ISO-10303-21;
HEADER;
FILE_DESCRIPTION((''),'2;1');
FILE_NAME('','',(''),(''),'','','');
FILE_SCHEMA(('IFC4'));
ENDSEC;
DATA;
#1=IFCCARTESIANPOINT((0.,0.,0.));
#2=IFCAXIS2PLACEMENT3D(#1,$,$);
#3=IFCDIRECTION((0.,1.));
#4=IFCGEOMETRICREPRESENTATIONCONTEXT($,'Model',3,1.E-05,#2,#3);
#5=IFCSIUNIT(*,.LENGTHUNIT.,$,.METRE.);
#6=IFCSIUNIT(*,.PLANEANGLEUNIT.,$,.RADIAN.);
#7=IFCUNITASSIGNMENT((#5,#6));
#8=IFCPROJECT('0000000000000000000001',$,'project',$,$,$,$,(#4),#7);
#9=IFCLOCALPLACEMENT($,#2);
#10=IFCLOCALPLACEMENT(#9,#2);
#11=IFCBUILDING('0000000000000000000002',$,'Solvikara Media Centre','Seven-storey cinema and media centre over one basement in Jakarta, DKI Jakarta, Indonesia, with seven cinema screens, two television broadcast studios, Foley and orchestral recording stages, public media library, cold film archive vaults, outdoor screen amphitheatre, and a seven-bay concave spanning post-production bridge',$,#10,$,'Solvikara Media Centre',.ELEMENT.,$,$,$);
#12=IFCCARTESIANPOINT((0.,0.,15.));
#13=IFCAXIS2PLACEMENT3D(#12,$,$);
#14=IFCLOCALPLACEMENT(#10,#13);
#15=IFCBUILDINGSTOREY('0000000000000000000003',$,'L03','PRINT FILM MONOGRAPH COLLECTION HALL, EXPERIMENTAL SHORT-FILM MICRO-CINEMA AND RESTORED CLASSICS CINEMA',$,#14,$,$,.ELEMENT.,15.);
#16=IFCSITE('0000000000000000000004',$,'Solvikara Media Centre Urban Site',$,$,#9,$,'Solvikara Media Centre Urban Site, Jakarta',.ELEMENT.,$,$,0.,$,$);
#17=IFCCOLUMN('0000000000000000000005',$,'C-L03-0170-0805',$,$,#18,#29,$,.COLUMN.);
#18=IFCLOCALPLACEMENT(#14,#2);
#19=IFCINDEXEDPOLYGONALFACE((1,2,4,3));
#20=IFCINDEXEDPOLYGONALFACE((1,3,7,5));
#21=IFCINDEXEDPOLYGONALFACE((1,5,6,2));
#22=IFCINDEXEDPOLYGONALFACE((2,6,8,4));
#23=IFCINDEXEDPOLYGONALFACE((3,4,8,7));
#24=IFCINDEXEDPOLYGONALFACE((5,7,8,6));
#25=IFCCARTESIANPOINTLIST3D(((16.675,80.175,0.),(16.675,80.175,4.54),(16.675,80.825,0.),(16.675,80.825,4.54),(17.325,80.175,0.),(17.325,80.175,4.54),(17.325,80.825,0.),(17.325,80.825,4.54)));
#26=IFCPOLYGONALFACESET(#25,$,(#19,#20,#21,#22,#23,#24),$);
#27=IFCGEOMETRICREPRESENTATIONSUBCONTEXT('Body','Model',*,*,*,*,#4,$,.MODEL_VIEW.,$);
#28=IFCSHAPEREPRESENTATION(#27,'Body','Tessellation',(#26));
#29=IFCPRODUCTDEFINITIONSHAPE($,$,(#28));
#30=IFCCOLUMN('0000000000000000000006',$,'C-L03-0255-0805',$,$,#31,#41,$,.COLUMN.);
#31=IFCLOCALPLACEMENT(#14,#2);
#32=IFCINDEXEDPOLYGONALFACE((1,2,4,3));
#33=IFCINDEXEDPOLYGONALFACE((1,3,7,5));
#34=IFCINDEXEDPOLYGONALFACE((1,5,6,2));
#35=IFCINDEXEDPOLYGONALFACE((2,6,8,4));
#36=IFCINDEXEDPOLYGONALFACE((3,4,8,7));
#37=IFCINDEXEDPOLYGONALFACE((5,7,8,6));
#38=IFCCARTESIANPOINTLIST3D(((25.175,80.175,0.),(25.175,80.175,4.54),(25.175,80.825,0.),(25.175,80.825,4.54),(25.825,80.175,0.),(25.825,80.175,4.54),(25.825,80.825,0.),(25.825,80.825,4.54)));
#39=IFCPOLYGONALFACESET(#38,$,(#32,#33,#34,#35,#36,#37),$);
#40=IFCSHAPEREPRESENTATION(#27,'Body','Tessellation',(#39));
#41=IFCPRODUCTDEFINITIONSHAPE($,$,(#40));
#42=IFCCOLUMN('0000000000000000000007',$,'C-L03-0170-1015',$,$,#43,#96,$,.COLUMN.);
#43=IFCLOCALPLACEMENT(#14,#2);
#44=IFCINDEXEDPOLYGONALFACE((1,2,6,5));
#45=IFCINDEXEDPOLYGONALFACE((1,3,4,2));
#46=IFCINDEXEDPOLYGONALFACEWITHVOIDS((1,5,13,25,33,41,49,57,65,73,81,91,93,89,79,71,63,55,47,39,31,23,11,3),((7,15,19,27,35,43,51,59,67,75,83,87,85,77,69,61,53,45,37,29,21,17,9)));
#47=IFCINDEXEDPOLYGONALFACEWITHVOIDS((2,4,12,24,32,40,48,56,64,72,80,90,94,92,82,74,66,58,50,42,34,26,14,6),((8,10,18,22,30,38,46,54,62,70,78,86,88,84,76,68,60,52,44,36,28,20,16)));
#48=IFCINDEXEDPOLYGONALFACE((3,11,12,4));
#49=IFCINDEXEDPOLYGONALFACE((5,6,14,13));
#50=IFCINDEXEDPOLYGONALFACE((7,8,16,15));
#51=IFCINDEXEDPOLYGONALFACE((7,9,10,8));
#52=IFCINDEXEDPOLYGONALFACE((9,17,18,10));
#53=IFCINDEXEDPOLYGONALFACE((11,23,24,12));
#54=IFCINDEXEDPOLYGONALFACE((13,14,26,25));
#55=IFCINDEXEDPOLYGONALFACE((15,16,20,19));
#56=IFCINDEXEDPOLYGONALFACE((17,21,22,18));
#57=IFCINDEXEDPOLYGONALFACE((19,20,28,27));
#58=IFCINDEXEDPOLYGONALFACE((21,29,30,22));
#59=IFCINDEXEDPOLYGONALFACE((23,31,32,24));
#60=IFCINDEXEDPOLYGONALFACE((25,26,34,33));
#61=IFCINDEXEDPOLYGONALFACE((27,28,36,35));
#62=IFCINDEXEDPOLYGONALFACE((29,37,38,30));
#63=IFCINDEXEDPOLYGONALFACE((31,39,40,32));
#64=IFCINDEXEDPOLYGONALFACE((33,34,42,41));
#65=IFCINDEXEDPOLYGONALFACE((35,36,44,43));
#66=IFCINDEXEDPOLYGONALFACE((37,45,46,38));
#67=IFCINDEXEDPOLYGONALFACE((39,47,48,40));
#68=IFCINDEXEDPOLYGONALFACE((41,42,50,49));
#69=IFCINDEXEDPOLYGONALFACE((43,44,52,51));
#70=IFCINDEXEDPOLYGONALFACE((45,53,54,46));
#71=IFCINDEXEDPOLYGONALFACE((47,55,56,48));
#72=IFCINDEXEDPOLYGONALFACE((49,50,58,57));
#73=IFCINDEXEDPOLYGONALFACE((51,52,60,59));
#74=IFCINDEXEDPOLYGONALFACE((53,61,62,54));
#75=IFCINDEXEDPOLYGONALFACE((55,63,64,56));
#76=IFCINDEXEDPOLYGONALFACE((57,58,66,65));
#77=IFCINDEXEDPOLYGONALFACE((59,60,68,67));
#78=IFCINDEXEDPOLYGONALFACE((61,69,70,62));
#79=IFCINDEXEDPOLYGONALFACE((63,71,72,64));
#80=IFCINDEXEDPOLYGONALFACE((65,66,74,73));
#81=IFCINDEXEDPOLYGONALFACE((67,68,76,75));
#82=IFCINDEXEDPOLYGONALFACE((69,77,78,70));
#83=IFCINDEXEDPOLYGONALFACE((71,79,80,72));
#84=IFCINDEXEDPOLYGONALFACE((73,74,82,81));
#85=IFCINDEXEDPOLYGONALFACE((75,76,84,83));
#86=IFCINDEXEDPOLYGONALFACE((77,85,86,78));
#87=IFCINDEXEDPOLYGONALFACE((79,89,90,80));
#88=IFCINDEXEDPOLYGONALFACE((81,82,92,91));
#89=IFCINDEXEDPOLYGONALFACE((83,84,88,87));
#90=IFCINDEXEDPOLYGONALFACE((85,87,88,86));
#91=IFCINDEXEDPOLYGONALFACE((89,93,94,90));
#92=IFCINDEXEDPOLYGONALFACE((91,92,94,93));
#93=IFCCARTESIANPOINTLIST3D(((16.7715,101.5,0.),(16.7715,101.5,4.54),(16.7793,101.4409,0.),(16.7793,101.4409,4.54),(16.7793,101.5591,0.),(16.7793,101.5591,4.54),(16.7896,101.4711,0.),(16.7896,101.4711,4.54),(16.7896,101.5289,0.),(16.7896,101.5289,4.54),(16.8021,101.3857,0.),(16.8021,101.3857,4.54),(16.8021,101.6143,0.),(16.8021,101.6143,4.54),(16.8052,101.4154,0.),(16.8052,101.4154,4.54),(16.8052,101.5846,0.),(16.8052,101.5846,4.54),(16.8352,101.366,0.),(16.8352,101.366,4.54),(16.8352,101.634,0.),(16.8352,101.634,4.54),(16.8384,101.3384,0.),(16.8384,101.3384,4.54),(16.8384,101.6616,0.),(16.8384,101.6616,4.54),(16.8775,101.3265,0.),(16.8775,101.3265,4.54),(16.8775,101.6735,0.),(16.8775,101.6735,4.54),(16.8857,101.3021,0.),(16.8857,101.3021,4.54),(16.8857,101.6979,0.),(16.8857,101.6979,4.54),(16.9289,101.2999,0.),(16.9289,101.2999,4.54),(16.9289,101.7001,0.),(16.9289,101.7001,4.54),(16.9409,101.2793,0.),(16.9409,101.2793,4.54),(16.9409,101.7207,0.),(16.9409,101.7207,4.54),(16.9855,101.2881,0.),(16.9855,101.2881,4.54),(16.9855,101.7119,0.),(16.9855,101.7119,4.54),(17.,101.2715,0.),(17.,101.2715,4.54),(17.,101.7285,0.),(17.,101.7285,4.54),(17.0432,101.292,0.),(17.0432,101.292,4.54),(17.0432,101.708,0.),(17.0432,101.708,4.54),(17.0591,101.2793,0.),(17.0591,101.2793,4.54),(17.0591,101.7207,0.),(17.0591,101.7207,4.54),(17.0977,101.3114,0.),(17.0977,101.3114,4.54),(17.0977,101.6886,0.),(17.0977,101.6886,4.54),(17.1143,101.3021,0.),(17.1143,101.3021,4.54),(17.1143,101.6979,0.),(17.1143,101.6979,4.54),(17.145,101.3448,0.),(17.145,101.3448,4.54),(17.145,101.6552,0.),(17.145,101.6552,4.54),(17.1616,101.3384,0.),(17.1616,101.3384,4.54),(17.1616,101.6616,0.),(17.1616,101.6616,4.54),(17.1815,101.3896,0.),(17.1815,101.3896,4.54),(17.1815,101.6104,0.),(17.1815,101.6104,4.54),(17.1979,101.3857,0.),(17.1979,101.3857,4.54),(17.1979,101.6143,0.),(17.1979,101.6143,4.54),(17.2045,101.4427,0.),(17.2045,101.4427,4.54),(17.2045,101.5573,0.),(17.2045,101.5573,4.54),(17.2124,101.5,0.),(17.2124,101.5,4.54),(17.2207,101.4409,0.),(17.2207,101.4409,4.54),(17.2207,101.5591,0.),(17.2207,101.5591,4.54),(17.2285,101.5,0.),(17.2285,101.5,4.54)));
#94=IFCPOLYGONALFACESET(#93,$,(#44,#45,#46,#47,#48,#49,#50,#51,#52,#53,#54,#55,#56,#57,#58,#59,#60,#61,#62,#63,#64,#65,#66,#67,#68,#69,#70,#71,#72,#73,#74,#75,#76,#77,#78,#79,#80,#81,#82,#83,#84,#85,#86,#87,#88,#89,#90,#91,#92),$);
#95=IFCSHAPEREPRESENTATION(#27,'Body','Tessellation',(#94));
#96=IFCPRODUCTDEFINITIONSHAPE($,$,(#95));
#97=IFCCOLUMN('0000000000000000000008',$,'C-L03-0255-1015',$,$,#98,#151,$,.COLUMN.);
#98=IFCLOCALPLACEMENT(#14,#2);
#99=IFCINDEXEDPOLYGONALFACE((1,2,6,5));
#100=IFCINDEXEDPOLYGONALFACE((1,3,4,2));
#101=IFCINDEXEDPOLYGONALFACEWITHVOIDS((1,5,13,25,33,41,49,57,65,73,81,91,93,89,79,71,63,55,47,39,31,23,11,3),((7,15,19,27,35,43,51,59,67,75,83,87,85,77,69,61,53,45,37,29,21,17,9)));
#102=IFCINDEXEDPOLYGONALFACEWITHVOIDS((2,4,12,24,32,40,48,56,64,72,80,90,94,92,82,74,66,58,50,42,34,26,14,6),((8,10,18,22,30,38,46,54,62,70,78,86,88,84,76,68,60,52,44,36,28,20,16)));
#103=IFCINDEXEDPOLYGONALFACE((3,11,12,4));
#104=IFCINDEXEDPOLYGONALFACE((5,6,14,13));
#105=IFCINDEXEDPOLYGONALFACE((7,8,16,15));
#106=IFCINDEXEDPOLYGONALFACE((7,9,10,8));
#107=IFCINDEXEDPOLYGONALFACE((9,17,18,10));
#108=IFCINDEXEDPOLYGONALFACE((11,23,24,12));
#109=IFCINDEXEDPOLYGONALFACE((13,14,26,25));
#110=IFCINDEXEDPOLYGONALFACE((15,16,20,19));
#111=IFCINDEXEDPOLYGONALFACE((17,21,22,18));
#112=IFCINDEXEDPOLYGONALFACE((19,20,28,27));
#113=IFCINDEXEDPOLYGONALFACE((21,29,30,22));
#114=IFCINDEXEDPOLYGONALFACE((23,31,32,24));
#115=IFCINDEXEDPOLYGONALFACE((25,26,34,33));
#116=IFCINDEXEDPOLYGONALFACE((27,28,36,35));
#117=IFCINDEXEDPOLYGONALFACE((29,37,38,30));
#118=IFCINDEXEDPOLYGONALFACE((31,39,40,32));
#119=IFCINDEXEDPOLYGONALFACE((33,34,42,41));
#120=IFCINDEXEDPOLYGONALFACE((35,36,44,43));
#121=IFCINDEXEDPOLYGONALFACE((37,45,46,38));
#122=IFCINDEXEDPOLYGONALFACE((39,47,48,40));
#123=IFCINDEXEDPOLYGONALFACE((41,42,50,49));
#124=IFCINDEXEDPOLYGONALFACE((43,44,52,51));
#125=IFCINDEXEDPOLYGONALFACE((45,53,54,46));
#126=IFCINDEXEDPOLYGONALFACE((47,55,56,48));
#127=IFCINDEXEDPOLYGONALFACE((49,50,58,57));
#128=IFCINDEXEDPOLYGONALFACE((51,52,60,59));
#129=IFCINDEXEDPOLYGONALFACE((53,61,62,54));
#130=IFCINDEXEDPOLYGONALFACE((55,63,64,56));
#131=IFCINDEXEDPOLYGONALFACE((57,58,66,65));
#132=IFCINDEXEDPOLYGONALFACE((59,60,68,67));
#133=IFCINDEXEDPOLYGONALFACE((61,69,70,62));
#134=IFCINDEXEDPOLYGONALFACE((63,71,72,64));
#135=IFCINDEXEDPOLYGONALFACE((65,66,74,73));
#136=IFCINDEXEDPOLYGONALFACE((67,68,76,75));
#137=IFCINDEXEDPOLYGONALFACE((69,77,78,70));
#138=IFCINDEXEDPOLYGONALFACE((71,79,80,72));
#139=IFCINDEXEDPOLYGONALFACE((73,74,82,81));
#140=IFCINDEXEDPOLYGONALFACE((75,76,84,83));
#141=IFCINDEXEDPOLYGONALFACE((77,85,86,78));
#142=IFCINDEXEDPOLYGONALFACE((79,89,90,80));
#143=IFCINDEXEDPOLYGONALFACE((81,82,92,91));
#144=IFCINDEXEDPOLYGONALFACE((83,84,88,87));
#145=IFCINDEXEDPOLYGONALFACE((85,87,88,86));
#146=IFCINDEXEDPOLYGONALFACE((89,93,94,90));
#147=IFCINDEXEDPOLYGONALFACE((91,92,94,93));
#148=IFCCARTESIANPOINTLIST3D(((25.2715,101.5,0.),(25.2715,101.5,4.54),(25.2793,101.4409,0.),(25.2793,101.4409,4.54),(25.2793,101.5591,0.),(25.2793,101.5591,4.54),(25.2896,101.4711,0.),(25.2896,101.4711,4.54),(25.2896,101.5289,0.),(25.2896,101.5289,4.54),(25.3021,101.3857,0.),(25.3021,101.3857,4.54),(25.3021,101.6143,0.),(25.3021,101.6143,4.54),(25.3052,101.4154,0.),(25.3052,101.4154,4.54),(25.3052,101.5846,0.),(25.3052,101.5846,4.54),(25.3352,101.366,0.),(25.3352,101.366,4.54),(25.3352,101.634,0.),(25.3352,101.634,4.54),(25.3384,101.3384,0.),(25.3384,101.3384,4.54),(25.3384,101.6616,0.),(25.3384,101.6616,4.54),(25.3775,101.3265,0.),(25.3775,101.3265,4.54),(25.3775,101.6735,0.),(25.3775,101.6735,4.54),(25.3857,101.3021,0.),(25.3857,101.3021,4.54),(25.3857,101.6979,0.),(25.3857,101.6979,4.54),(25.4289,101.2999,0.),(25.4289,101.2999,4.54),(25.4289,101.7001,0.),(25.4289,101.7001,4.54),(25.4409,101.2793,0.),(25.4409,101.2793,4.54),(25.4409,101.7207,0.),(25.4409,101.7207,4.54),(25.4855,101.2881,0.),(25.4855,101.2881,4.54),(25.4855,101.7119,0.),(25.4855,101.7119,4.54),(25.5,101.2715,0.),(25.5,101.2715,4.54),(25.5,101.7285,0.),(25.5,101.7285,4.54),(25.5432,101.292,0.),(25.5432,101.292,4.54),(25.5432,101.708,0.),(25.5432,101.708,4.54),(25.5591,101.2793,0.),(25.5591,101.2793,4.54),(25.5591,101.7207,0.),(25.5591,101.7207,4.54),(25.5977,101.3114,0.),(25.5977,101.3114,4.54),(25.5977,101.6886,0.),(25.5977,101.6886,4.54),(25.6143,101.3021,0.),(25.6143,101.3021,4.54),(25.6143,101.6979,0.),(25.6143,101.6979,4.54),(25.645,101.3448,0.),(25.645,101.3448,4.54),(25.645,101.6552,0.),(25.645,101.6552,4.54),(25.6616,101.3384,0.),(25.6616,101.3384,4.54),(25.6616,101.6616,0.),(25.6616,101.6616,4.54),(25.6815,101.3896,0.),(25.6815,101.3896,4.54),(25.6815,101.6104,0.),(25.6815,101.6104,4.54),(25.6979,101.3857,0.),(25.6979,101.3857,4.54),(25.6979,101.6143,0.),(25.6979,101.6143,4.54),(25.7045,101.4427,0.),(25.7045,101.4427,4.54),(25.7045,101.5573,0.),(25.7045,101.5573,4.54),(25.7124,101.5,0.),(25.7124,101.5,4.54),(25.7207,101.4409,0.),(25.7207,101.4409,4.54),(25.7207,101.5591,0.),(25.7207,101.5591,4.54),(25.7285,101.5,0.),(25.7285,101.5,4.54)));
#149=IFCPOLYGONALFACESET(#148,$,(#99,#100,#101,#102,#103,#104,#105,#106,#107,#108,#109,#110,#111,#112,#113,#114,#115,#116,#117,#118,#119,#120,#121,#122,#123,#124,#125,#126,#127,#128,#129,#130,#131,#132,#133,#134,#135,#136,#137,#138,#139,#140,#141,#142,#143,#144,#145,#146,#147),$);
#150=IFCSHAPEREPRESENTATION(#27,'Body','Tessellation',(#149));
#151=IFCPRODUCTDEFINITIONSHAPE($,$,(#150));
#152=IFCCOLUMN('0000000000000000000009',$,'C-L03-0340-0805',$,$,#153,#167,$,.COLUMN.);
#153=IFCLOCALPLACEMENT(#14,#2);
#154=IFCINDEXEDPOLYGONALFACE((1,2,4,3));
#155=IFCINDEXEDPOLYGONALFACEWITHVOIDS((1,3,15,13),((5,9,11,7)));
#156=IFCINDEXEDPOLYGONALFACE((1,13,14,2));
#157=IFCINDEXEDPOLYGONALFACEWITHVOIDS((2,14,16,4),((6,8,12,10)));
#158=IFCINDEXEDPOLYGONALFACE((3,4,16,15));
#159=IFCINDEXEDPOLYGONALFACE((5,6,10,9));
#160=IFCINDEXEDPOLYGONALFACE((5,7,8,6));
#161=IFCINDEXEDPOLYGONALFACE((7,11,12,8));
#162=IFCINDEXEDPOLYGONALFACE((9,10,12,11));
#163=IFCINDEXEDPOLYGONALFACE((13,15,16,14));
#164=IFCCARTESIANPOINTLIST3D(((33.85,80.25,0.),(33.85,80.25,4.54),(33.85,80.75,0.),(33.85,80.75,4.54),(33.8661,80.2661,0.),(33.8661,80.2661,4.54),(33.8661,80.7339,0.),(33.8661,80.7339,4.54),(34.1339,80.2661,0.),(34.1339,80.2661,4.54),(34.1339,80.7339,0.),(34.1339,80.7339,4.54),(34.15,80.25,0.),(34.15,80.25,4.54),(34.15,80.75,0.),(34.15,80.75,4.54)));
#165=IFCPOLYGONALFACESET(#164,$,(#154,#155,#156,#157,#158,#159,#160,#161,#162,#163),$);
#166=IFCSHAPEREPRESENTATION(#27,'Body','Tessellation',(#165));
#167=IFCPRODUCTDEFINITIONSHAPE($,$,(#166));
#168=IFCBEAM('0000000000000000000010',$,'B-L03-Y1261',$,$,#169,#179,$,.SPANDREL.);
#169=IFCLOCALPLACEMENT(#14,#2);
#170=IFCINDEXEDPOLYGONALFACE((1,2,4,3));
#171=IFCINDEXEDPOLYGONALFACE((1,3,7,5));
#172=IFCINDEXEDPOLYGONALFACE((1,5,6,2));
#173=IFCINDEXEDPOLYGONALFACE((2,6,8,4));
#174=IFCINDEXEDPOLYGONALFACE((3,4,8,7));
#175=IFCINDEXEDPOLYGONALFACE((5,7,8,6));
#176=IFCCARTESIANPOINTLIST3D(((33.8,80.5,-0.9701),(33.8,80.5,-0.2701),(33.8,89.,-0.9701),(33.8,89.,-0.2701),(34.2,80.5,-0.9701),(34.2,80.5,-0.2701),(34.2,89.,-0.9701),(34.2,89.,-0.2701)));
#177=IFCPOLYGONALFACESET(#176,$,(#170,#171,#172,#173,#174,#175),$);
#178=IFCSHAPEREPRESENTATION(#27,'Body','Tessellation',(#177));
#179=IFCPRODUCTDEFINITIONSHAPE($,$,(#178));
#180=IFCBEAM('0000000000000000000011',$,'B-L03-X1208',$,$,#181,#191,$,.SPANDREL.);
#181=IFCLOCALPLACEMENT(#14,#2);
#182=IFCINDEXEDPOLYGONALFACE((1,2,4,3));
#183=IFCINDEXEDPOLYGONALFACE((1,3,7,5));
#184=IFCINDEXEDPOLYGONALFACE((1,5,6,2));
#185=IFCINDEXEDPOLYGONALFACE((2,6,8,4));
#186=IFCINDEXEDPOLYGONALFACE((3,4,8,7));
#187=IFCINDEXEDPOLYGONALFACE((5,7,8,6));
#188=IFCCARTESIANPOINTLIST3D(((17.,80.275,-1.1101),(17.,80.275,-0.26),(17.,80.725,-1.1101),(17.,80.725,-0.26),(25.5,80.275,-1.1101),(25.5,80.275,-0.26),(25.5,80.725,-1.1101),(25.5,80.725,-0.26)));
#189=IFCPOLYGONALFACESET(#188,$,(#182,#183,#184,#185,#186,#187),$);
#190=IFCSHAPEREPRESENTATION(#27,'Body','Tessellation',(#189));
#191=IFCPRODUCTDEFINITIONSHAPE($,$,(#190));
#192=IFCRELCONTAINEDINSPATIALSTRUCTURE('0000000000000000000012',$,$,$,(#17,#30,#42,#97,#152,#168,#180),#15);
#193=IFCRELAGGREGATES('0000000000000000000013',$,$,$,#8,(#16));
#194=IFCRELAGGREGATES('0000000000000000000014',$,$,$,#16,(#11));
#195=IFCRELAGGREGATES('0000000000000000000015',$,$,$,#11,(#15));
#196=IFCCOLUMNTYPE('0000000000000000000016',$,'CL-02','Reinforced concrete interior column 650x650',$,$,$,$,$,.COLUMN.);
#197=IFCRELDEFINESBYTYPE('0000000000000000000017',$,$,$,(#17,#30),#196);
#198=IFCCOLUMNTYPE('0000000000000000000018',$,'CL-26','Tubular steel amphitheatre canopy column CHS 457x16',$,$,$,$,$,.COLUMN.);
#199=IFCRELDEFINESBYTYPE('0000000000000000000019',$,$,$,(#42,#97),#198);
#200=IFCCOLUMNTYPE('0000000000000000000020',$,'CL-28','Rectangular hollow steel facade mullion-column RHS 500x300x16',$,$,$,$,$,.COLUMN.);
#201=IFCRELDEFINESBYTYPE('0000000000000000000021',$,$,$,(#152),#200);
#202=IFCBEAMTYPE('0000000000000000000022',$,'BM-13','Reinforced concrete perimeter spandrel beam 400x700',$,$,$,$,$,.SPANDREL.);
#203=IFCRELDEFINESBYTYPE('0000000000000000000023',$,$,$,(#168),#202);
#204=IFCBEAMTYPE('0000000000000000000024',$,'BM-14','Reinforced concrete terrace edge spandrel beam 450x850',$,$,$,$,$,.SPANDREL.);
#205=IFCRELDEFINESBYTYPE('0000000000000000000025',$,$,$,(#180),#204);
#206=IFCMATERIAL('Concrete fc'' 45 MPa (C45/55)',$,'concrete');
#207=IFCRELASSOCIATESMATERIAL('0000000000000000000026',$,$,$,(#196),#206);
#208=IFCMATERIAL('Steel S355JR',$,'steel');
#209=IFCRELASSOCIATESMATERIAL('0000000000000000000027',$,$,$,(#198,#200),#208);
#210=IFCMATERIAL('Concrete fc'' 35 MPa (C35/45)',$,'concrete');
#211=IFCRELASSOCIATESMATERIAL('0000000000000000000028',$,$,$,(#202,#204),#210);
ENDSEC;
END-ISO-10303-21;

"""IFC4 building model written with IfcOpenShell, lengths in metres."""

from ifc_helpers import new_model, si_unit, direction, frame, origin, origin_2d, place, context, subcontext, project, spatial, rectangle, hollow_rectangle, hollow_circle, extrude, material, material_profile, profile_set, type_object, element, save


model = new_model("IFC4")

# Units and contexts
model_context = context("Model", 3, precision=1e-05, world=origin(), true_north=direction((0.0, 1.0)))
body_context = subcontext(model_context, "Body", "Model", "MODEL_VIEW")
ifc_project = project(units=[si_unit("LENGTHUNIT", "METRE"), si_unit("PLANEANGLEUNIT", "RADIAN")], contexts=[model_context])

# Site, building, storey
site_placement = place(None, origin())
site = spatial("IfcSite", under=ifc_project, at=site_placement, Name="Solvikara Media Centre Urban Site", LongName="Solvikara Media Centre Urban Site, Jakarta", CompositionType="ELEMENT", RefElevation=0.0)
building_placement = place(site_placement, origin())
building = spatial("IfcBuilding", under=site, at=building_placement, Name="Solvikara Media Centre", Description="Seven-storey cinema and media centre over one basement in Jakarta, DKI Jakarta, Indonesia, with seven cinema screens, two television broadcast studios, Foley and orchestral recording stages, public media library, cold film archive vaults, outdoor screen amphitheatre, and a seven-bay concave spanning post-production bridge", LongName="Solvikara Media Centre", CompositionType="ELEMENT")
storey_placement = place(building_placement, frame((0.0, 0.0, 15.0)))
storey = spatial("IfcBuildingStorey", under=building, at=storey_placement, Name="L03", Description="PRINT FILM MONOGRAPH COLLECTION HALL, EXPERIMENTAL SHORT-FILM MICRO-CINEMA AND RESTORED CLASSICS CINEMA", CompositionType="ELEMENT", Elevation=15.0)

# Columns
ifc_material_1 = material(Name="Concrete fc' 45 MPa (C45/55)", Category="concrete")
ifc_material_profile_1 = material_profile(ifc_material_1, rectangle(XDim=0.6499, YDim=0.6499, at=origin_2d()), Name="RC 650x650")
ifc_profile_set_1 = profile_set([ifc_material_profile_1], Name="Concrete fc' 45 MPa (C45/55)")
column_type_1 = type_object("IfcColumnType", Name="CL-02", Description="Reinforced concrete interior column 650x650", PredefinedType="COLUMN", material=ifc_profile_set_1)
for number, where, z_axis, x_axis, name in (
    (1, (17.0, 80.5, 0.0), (0.0, 0.0, 1.0), (1.0, 0.0, 0.0), "C-L03-0170-0805"),
    (2, (25.5, 80.5, 0.0), (0.0, 0.0, 1.0), (1.0, 0.0, 0.0), "C-L03-0255-0805"),
):
    element("IfcColumn", number, at=place(storey_placement, frame(where, z_axis=z_axis, x_axis=x_axis)), inside=storey, type_object=column_type_1, Name=name, PredefinedType="COLUMN", context=body_context, shape_type="SweptSolid", body=[
        extrude(rectangle(XDim=0.6499, YDim=0.6499, at=origin_2d()), origin(), (0.0, 0.0, 1.0), 4.54),
    ])
ifc_material_2 = material(Name="Steel S355JR", Category="steel")
ifc_material_profile_2 = material_profile(ifc_material_2, hollow_circle(Radius=0.2285, WallThickness=0.0161, at=origin_2d()), Name="CHS 457x16")
ifc_profile_set_2 = profile_set([ifc_material_profile_2], Name="Steel S355JR")
column_type_2 = type_object("IfcColumnType", Name="CL-26", Description="Tubular steel amphitheatre canopy column CHS 457x16", PredefinedType="COLUMN", material=ifc_profile_set_2)
for number, where, z_axis, x_axis, name in (
    (3, (17.0, 101.5, 0.0), (0.0, 0.0, 1.0), (1.0, 0.0, 0.0), "C-L03-0170-1015"),
    (4, (25.5, 101.5, 0.0), (0.0, 0.0, 1.0), (1.0, 0.0, 0.0), "C-L03-0255-1015"),
):
    element("IfcColumn", number, at=place(storey_placement, frame(where, z_axis=z_axis, x_axis=x_axis)), inside=storey, type_object=column_type_2, Name=name, PredefinedType="COLUMN", context=body_context, shape_type="SweptSolid", body=[
        extrude(hollow_circle(Radius=0.2285, WallThickness=0.0161, at=origin_2d()), origin(), (0.0, 0.0, 1.0), 4.54),
    ])
ifc_material_profile_3 = material_profile(ifc_material_2, hollow_rectangle(XDim=0.3, YDim=0.5, WallThickness=0.0161, at=origin_2d()), Name="RHS 500x300x16")
ifc_profile_set_3 = profile_set([ifc_material_profile_3], Name="Steel S355JR")
column_type_3 = type_object("IfcColumnType", Name="CL-28", Description="Rectangular hollow steel facade mullion-column RHS 500x300x16", PredefinedType="COLUMN", material=ifc_profile_set_3)
column_placement = place(storey_placement, frame((34.0, 80.5, 0.0), z_axis=(0.0, 0.0, 1.0), x_axis=(1.0, 0.0, 0.0)))
element("IfcColumn", 5, at=column_placement, inside=storey, type_object=column_type_3, Name="C-L03-0340-0805", PredefinedType="COLUMN", context=body_context, shape_type="SweptSolid", body=[
    extrude(hollow_rectangle(XDim=0.3, YDim=0.5, WallThickness=0.0161, at=origin_2d()), origin(), (0.0, 0.0, 1.0), 4.54),
])

# Beams
ifc_material_3 = material(Name="Concrete fc' 35 MPa (C35/45)", Category="concrete")
ifc_material_profile_4 = material_profile(ifc_material_3, rectangle(XDim=0.3999, YDim=0.7, at=origin_2d()), Name="RC 400x700")
ifc_profile_set_4 = profile_set([ifc_material_profile_4], Name="Concrete fc' 35 MPa (C35/45)")
beam_type_1 = type_object("IfcBeamType", Name="BM-13", Description="Reinforced concrete perimeter spandrel beam 400x700", PredefinedType="SPANDREL", material=ifc_profile_set_4)
beam_1_placement = place(storey_placement, frame((34.0, 80.5, -0.6201), z_axis=(0.0, 1.0, 0.0), x_axis=(-1.0, 0.0, 0.0)))
element("IfcBeam", 6, at=beam_1_placement, inside=storey, type_object=beam_type_1, Name="B-L03-Y1261", PredefinedType="SPANDREL", context=body_context, shape_type="SweptSolid", body=[
    extrude(rectangle(XDim=0.3999, YDim=0.7, at=origin_2d()), origin(), (0.0, 0.0, 1.0), 8.5),
])
ifc_material_profile_5 = material_profile(ifc_material_3, rectangle(XDim=0.45, YDim=0.8501, at=origin_2d()), Name="RC 450x850")
ifc_profile_set_5 = profile_set([ifc_material_profile_5], Name="Concrete fc' 35 MPa (C35/45)")
beam_type_2 = type_object("IfcBeamType", Name="BM-14", Description="Reinforced concrete terrace edge spandrel beam 450x850", PredefinedType="SPANDREL", material=ifc_profile_set_5)
beam_2_placement = place(storey_placement, frame((17.0, 80.5, -0.6851), z_axis=(1.0, 0.0, 0.0), x_axis=(0.0, 1.0, 0.0)))
element("IfcBeam", 7, at=beam_2_placement, inside=storey, type_object=beam_type_2, Name="B-L03-X1208", PredefinedType="SPANDREL", context=body_context, shape_type="SweptSolid", body=[
    extrude(rectangle(XDim=0.45, YDim=0.8501, at=origin_2d()), origin(), (0.0, 0.0, 1.0), 8.5),
])

save(model, "model.ifc")
